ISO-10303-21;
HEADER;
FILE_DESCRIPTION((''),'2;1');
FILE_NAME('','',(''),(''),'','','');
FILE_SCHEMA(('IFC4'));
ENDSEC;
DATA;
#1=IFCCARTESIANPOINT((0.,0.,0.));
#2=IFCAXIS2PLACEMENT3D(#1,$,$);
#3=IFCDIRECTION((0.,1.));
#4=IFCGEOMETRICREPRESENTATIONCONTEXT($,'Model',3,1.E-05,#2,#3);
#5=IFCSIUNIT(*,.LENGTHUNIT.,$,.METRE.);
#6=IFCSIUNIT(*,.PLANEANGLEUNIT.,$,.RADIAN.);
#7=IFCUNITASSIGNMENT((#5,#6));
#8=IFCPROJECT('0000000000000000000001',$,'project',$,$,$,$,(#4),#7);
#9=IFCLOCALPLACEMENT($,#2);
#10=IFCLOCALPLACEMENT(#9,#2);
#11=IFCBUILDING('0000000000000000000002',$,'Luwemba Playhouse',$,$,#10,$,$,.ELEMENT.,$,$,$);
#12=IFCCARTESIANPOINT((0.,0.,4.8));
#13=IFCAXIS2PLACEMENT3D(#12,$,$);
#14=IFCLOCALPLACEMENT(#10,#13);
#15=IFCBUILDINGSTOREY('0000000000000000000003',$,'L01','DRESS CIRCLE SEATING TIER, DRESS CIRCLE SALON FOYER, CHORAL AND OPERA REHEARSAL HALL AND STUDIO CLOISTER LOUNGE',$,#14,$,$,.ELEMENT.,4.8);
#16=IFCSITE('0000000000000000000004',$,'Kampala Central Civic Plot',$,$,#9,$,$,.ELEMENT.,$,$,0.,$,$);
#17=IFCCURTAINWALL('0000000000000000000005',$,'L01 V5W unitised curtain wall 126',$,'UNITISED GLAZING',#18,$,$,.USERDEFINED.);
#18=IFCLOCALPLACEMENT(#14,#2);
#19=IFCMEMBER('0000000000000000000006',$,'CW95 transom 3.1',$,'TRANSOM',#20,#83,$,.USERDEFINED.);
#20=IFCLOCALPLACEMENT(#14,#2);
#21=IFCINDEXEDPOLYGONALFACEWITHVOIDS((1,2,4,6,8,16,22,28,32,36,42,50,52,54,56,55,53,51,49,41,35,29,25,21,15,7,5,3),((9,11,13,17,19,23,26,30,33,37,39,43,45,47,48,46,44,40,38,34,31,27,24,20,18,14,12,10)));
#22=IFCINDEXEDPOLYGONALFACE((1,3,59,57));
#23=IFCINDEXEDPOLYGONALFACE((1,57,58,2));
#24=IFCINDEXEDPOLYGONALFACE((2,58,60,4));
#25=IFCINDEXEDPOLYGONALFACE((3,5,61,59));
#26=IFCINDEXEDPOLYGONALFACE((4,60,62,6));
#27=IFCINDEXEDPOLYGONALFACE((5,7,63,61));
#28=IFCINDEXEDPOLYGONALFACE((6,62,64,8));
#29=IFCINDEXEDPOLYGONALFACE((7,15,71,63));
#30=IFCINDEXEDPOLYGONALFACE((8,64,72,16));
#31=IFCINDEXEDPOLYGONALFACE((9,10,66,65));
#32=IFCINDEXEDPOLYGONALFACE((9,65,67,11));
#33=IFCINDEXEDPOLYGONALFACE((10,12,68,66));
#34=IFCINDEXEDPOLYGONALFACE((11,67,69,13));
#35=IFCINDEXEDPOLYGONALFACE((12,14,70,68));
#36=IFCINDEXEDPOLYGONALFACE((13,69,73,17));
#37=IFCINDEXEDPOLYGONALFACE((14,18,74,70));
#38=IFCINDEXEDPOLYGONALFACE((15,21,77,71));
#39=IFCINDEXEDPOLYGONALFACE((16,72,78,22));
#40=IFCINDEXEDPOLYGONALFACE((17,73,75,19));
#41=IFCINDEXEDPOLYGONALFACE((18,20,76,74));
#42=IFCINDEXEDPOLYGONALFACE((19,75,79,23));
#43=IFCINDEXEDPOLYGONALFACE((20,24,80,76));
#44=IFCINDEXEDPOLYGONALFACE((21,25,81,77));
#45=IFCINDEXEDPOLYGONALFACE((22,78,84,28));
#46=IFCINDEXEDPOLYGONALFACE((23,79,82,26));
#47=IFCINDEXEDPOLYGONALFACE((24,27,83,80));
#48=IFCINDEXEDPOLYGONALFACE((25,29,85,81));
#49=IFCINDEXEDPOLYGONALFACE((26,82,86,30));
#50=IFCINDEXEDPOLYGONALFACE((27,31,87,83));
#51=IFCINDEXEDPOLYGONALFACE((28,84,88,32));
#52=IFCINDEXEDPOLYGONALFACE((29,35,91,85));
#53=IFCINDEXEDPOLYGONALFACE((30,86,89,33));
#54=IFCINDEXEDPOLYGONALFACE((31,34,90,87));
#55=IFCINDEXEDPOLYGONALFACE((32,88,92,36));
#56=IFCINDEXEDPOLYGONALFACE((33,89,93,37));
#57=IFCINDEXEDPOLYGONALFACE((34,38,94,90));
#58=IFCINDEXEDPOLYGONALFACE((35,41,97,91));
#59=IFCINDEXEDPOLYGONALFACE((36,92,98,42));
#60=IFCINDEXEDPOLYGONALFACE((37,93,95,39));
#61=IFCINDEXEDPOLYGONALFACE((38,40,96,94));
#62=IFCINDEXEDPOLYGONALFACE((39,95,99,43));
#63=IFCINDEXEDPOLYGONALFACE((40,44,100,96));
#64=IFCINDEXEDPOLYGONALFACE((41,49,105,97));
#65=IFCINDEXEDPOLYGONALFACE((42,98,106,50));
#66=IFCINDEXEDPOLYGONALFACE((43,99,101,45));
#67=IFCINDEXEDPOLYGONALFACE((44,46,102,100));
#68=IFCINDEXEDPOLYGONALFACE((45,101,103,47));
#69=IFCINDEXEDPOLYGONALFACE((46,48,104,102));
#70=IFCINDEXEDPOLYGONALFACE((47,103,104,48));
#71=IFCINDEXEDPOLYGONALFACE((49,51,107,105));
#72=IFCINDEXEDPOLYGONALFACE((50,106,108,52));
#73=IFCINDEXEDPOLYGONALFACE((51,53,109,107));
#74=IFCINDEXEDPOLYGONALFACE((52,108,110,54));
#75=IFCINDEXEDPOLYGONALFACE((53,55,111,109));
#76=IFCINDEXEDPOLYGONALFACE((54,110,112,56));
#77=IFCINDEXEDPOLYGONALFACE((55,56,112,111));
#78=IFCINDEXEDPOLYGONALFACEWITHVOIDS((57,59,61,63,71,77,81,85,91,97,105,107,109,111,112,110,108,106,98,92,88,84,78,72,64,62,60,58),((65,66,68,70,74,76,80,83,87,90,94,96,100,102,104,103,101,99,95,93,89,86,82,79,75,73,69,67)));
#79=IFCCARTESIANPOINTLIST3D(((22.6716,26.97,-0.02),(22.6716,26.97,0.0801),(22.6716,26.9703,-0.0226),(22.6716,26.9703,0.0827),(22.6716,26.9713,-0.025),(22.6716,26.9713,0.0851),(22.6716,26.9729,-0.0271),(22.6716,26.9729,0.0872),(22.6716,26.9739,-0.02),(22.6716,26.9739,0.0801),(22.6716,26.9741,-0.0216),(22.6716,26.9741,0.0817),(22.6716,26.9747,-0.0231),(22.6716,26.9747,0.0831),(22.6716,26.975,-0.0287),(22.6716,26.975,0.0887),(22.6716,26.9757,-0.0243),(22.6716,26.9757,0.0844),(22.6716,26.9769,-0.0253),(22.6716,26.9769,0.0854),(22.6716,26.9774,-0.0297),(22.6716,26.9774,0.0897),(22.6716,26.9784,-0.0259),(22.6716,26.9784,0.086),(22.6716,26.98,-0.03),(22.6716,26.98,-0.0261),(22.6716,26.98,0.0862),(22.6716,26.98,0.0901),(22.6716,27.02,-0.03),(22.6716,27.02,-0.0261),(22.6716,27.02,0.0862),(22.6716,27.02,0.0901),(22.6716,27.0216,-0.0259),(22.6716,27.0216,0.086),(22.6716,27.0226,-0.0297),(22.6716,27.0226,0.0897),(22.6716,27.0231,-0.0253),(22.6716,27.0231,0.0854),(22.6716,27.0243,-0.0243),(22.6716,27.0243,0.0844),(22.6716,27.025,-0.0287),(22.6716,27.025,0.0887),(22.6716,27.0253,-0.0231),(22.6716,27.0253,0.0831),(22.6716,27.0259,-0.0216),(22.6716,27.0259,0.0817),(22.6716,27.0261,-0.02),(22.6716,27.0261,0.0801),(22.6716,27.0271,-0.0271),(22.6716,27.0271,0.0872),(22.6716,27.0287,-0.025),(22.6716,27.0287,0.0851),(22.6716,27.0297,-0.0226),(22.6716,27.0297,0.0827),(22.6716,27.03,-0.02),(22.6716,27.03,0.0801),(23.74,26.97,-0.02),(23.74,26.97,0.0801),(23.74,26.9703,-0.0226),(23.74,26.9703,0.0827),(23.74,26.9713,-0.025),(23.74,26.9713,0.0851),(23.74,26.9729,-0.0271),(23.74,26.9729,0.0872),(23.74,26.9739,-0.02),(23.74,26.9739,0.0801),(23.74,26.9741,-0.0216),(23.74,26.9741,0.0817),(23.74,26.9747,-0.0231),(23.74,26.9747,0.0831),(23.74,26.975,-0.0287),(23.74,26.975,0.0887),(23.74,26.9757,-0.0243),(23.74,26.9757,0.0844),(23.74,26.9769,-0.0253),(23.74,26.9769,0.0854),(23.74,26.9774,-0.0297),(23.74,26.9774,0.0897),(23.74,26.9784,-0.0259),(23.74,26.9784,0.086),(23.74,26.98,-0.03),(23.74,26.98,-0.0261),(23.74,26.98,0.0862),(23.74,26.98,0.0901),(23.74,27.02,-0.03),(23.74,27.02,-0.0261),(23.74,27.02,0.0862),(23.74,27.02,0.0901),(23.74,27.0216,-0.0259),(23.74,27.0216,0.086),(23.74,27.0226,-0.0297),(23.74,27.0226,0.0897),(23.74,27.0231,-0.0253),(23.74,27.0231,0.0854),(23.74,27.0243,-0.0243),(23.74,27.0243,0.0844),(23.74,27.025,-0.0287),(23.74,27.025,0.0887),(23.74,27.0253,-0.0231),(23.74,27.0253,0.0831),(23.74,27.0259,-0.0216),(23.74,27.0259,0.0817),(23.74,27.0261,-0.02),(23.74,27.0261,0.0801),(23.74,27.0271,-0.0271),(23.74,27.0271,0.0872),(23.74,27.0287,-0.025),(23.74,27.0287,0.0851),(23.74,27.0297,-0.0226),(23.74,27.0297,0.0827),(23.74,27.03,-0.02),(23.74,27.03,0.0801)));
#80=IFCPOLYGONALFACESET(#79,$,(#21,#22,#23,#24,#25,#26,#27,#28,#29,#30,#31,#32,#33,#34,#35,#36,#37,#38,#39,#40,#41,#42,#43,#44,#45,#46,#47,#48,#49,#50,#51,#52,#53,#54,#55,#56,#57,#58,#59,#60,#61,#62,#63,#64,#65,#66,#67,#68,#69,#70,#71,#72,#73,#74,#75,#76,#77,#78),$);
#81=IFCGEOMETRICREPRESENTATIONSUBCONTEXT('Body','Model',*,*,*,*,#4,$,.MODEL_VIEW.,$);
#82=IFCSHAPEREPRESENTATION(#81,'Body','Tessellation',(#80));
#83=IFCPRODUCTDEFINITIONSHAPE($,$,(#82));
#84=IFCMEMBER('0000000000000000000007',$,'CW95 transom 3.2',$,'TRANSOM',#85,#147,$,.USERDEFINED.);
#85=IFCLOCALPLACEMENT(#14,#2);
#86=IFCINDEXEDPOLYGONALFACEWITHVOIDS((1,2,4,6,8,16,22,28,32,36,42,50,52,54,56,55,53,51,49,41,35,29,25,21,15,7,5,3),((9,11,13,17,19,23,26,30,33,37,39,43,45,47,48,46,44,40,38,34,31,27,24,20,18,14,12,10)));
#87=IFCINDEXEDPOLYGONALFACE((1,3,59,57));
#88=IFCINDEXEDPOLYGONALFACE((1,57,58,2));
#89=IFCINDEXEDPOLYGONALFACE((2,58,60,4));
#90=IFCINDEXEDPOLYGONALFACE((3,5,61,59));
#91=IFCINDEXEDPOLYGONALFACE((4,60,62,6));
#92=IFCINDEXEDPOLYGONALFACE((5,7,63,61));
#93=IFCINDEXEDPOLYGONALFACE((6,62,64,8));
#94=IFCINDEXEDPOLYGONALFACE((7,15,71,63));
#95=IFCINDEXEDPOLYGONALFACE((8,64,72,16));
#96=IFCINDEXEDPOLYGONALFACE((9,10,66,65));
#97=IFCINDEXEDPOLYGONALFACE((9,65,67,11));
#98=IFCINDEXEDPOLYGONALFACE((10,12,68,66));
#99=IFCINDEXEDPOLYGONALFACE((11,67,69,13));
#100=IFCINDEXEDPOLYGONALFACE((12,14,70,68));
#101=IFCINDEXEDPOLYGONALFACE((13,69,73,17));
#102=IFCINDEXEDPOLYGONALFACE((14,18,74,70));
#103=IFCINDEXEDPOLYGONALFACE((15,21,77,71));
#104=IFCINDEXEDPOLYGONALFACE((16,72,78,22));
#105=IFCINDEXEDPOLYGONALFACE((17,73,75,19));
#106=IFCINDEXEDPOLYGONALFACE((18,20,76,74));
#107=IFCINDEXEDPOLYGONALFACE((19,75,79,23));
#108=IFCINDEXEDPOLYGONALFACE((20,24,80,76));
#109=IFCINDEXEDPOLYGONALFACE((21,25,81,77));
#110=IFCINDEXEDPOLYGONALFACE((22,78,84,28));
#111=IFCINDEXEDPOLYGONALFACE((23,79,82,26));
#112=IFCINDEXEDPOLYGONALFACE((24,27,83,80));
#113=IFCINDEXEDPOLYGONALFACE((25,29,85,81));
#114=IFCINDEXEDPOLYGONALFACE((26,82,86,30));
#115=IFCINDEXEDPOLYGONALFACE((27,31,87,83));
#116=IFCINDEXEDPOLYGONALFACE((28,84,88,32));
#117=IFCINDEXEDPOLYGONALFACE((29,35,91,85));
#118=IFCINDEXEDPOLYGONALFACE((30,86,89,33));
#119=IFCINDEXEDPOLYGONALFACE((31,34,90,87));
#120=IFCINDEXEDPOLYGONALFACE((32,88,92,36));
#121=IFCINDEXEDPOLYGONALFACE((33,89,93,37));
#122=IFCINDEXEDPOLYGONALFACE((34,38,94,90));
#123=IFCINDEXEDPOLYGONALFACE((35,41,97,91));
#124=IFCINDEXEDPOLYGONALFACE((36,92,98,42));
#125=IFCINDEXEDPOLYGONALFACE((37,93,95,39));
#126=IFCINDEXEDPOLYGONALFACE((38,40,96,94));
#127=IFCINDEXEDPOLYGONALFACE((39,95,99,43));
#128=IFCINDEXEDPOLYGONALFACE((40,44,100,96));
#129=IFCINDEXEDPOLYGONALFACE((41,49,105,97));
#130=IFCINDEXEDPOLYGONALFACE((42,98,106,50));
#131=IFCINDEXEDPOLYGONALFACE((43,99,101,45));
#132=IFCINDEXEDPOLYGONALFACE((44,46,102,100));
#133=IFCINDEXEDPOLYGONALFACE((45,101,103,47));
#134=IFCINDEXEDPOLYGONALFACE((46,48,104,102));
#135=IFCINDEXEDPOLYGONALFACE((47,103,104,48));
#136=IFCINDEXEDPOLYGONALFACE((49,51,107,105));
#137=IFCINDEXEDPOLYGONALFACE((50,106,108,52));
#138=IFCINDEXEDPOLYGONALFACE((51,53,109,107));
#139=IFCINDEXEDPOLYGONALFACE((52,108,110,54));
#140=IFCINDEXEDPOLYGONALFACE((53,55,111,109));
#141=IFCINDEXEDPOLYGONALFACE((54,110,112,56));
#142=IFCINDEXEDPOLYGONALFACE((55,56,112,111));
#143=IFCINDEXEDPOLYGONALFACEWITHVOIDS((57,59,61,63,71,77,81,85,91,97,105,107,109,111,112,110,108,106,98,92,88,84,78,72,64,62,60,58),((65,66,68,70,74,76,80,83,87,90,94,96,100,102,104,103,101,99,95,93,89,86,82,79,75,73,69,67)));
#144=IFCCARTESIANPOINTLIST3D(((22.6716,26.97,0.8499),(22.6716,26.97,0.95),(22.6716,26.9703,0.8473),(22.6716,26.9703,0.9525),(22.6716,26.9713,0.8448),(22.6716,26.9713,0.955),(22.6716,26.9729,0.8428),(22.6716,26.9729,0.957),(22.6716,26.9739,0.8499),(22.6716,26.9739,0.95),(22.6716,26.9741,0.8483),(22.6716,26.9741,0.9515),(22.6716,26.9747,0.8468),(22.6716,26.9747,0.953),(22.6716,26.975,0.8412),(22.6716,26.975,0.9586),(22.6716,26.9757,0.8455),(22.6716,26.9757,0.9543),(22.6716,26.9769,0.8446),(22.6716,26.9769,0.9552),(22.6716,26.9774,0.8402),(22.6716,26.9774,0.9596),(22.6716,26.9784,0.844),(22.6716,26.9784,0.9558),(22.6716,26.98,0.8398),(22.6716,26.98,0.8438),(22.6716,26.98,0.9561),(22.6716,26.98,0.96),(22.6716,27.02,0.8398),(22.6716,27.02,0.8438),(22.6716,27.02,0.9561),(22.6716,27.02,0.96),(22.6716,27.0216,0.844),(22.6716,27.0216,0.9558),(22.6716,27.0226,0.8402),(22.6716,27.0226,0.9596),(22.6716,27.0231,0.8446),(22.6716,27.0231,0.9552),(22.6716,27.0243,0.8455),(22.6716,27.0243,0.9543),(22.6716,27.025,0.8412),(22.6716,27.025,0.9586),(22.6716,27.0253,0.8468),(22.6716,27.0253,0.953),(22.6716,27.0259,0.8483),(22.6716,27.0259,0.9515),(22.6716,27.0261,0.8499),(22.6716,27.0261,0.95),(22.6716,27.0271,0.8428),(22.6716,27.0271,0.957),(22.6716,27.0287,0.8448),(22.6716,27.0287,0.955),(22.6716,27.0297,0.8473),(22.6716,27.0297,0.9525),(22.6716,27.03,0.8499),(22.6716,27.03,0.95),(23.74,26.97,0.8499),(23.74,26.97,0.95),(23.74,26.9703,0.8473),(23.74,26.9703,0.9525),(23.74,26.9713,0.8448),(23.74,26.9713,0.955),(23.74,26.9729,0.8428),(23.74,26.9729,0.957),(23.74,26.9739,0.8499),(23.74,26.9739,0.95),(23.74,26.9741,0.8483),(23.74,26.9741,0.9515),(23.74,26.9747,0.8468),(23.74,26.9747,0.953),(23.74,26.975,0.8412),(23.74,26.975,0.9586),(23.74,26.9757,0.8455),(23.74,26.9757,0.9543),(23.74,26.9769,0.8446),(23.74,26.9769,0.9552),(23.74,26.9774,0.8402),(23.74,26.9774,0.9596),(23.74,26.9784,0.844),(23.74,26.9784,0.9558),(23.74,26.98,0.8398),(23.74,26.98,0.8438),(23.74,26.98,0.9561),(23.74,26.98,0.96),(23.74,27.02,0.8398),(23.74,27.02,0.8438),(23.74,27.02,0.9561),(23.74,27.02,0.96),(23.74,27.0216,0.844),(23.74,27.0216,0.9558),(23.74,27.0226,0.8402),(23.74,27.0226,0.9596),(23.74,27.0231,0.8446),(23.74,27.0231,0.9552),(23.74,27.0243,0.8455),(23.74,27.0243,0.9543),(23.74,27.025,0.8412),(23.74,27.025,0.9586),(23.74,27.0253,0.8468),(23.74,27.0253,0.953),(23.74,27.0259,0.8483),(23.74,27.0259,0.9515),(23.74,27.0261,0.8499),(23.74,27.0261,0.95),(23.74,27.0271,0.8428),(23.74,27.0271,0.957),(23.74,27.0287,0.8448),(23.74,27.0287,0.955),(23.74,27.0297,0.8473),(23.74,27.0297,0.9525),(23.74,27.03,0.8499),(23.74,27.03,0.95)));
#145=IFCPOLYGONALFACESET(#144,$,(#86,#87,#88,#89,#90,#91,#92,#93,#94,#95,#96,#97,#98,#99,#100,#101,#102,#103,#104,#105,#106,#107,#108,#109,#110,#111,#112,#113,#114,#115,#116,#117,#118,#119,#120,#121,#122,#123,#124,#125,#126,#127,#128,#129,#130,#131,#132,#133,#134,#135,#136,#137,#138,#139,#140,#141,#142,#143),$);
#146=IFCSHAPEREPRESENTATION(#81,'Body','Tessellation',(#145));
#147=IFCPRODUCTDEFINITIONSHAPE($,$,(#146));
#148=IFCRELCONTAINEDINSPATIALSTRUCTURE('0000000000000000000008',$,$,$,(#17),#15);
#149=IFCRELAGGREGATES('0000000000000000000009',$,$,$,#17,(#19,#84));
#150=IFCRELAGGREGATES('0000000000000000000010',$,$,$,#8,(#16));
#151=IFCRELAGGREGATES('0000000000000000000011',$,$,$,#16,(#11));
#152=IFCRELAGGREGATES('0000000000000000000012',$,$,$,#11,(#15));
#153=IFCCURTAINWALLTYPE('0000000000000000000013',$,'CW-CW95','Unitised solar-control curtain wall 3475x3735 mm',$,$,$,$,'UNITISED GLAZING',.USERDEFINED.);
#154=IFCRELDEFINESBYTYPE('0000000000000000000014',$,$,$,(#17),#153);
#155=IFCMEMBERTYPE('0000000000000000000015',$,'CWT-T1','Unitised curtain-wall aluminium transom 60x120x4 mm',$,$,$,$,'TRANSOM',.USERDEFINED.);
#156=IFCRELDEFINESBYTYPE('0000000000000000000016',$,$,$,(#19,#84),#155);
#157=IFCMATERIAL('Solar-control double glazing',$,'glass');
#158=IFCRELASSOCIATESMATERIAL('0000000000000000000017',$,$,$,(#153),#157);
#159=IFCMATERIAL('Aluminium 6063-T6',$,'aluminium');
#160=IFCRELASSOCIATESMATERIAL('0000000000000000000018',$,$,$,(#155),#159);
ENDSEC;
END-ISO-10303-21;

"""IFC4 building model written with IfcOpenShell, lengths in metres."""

from ifc_helpers import new_model, si_unit, direction, frame, origin, origin_2d, place, context, subcontext, project, spatial, hollow_rectangle, extrude, material, material_profile, profile_set, type_object, element, aggregate, save


model = new_model("IFC4")

# Units and contexts
model_context = context("Model", 3, precision=1e-05, world=origin(), true_north=direction((0.0, 1.0)))
body_context = subcontext(model_context, "Body", "Model", "MODEL_VIEW")
ifc_project = project(units=[si_unit("LENGTHUNIT", "METRE"), si_unit("PLANEANGLEUNIT", "RADIAN")], contexts=[model_context])

# Site, building, storey
site_placement = place(None, origin())
site = spatial("IfcSite", under=ifc_project, at=site_placement, Name="Kampala Central Civic Plot", CompositionType="ELEMENT", RefElevation=0.0)
building_placement = place(site_placement, origin())
building = spatial("IfcBuilding", under=site, at=building_placement, Name="Luwemba Playhouse", CompositionType="ELEMENT")
storey_placement = place(building_placement, frame((0.0, 0.0, 4.8)))
storey = spatial("IfcBuildingStorey", under=building, at=storey_placement, Name="L01", Description="DRESS CIRCLE SEATING TIER, DRESS CIRCLE SALON FOYER, CHORAL AND OPERA REHEARSAL HALL AND STUDIO CLOISTER LOUNGE", CompositionType="ELEMENT", Elevation=4.8)

# Curtain wall
ifc_material_1 = material(Name="Solar-control double glazing", Category="glass")
curtain_wall_type_1 = type_object("IfcCurtainWallType", Name="CW-CW95", Description="Unitised solar-control curtain wall 3475x3735 mm", ElementType="UNITISED GLAZING", PredefinedType="USERDEFINED", material=ifc_material_1)
curtain_wall_1_placement = place(storey_placement, origin())
curtain_wall_1 = element("IfcCurtainWall", 1, at=curtain_wall_1_placement, inside=storey, type_object=curtain_wall_type_1, Name="L01 V5W unitised curtain wall 126", ObjectType="UNITISED GLAZING", PredefinedType="USERDEFINED")
ifc_material_2 = material(Name="Aluminium 6063-T6", Category="aluminium")

# Members
ifc_material_profile_1 = material_profile(ifc_material_2, hollow_rectangle(XDim=0.0601, YDim=0.1201, WallThickness=0.0039, InnerFilletRadius=0.0061, OuterFilletRadius=0.01, at=origin_2d()))
ifc_profile_set_1 = profile_set([ifc_material_profile_1], Name="Aluminium 6063-T6")
member_type_1 = type_object("IfcMemberType", Name="CWT-T1", Description="Unitised curtain-wall aluminium transom 60x120x4 mm", ElementType="TRANSOM", PredefinedType="USERDEFINED", material=ifc_profile_set_1)
member_1_placement = place(storey_placement, frame((22.6716, 27.0, 0.03), z_axis=(1.0, 0.0, 0.0), x_axis=(0.0, 1.0, 0.0)))
member_1 = element("IfcMember", 2, at=member_1_placement, type_object=member_type_1, Name="CW95 transom 3.1", ObjectType="TRANSOM", PredefinedType="USERDEFINED", context=body_context, shape_type="SweptSolid", body=[
    extrude(hollow_rectangle(XDim=0.0601, YDim=0.1201, WallThickness=0.0039, InnerFilletRadius=0.0061, OuterFilletRadius=0.01, at=origin_2d()), origin(), (0.0, 0.0, 1.0), 1.0684),
])
member_2_placement = place(storey_placement, frame((22.6716, 27.0, 0.8999), z_axis=(1.0, 0.0, 0.0), x_axis=(0.0, 1.0, 0.0)))
member_2 = element("IfcMember", 3, at=member_2_placement, type_object=member_type_1, Name="CW95 transom 3.2", ObjectType="TRANSOM", PredefinedType="USERDEFINED", context=body_context, shape_type="SweptSolid", body=[
    extrude(hollow_rectangle(XDim=0.0601, YDim=0.1201, WallThickness=0.0039, InnerFilletRadius=0.0061, OuterFilletRadius=0.01, at=origin_2d()), origin(), (0.0, 0.0, 1.0), 1.0684),
])

aggregate(curtain_wall_1, [member_1, member_2])

save(model, "model.ifc")
